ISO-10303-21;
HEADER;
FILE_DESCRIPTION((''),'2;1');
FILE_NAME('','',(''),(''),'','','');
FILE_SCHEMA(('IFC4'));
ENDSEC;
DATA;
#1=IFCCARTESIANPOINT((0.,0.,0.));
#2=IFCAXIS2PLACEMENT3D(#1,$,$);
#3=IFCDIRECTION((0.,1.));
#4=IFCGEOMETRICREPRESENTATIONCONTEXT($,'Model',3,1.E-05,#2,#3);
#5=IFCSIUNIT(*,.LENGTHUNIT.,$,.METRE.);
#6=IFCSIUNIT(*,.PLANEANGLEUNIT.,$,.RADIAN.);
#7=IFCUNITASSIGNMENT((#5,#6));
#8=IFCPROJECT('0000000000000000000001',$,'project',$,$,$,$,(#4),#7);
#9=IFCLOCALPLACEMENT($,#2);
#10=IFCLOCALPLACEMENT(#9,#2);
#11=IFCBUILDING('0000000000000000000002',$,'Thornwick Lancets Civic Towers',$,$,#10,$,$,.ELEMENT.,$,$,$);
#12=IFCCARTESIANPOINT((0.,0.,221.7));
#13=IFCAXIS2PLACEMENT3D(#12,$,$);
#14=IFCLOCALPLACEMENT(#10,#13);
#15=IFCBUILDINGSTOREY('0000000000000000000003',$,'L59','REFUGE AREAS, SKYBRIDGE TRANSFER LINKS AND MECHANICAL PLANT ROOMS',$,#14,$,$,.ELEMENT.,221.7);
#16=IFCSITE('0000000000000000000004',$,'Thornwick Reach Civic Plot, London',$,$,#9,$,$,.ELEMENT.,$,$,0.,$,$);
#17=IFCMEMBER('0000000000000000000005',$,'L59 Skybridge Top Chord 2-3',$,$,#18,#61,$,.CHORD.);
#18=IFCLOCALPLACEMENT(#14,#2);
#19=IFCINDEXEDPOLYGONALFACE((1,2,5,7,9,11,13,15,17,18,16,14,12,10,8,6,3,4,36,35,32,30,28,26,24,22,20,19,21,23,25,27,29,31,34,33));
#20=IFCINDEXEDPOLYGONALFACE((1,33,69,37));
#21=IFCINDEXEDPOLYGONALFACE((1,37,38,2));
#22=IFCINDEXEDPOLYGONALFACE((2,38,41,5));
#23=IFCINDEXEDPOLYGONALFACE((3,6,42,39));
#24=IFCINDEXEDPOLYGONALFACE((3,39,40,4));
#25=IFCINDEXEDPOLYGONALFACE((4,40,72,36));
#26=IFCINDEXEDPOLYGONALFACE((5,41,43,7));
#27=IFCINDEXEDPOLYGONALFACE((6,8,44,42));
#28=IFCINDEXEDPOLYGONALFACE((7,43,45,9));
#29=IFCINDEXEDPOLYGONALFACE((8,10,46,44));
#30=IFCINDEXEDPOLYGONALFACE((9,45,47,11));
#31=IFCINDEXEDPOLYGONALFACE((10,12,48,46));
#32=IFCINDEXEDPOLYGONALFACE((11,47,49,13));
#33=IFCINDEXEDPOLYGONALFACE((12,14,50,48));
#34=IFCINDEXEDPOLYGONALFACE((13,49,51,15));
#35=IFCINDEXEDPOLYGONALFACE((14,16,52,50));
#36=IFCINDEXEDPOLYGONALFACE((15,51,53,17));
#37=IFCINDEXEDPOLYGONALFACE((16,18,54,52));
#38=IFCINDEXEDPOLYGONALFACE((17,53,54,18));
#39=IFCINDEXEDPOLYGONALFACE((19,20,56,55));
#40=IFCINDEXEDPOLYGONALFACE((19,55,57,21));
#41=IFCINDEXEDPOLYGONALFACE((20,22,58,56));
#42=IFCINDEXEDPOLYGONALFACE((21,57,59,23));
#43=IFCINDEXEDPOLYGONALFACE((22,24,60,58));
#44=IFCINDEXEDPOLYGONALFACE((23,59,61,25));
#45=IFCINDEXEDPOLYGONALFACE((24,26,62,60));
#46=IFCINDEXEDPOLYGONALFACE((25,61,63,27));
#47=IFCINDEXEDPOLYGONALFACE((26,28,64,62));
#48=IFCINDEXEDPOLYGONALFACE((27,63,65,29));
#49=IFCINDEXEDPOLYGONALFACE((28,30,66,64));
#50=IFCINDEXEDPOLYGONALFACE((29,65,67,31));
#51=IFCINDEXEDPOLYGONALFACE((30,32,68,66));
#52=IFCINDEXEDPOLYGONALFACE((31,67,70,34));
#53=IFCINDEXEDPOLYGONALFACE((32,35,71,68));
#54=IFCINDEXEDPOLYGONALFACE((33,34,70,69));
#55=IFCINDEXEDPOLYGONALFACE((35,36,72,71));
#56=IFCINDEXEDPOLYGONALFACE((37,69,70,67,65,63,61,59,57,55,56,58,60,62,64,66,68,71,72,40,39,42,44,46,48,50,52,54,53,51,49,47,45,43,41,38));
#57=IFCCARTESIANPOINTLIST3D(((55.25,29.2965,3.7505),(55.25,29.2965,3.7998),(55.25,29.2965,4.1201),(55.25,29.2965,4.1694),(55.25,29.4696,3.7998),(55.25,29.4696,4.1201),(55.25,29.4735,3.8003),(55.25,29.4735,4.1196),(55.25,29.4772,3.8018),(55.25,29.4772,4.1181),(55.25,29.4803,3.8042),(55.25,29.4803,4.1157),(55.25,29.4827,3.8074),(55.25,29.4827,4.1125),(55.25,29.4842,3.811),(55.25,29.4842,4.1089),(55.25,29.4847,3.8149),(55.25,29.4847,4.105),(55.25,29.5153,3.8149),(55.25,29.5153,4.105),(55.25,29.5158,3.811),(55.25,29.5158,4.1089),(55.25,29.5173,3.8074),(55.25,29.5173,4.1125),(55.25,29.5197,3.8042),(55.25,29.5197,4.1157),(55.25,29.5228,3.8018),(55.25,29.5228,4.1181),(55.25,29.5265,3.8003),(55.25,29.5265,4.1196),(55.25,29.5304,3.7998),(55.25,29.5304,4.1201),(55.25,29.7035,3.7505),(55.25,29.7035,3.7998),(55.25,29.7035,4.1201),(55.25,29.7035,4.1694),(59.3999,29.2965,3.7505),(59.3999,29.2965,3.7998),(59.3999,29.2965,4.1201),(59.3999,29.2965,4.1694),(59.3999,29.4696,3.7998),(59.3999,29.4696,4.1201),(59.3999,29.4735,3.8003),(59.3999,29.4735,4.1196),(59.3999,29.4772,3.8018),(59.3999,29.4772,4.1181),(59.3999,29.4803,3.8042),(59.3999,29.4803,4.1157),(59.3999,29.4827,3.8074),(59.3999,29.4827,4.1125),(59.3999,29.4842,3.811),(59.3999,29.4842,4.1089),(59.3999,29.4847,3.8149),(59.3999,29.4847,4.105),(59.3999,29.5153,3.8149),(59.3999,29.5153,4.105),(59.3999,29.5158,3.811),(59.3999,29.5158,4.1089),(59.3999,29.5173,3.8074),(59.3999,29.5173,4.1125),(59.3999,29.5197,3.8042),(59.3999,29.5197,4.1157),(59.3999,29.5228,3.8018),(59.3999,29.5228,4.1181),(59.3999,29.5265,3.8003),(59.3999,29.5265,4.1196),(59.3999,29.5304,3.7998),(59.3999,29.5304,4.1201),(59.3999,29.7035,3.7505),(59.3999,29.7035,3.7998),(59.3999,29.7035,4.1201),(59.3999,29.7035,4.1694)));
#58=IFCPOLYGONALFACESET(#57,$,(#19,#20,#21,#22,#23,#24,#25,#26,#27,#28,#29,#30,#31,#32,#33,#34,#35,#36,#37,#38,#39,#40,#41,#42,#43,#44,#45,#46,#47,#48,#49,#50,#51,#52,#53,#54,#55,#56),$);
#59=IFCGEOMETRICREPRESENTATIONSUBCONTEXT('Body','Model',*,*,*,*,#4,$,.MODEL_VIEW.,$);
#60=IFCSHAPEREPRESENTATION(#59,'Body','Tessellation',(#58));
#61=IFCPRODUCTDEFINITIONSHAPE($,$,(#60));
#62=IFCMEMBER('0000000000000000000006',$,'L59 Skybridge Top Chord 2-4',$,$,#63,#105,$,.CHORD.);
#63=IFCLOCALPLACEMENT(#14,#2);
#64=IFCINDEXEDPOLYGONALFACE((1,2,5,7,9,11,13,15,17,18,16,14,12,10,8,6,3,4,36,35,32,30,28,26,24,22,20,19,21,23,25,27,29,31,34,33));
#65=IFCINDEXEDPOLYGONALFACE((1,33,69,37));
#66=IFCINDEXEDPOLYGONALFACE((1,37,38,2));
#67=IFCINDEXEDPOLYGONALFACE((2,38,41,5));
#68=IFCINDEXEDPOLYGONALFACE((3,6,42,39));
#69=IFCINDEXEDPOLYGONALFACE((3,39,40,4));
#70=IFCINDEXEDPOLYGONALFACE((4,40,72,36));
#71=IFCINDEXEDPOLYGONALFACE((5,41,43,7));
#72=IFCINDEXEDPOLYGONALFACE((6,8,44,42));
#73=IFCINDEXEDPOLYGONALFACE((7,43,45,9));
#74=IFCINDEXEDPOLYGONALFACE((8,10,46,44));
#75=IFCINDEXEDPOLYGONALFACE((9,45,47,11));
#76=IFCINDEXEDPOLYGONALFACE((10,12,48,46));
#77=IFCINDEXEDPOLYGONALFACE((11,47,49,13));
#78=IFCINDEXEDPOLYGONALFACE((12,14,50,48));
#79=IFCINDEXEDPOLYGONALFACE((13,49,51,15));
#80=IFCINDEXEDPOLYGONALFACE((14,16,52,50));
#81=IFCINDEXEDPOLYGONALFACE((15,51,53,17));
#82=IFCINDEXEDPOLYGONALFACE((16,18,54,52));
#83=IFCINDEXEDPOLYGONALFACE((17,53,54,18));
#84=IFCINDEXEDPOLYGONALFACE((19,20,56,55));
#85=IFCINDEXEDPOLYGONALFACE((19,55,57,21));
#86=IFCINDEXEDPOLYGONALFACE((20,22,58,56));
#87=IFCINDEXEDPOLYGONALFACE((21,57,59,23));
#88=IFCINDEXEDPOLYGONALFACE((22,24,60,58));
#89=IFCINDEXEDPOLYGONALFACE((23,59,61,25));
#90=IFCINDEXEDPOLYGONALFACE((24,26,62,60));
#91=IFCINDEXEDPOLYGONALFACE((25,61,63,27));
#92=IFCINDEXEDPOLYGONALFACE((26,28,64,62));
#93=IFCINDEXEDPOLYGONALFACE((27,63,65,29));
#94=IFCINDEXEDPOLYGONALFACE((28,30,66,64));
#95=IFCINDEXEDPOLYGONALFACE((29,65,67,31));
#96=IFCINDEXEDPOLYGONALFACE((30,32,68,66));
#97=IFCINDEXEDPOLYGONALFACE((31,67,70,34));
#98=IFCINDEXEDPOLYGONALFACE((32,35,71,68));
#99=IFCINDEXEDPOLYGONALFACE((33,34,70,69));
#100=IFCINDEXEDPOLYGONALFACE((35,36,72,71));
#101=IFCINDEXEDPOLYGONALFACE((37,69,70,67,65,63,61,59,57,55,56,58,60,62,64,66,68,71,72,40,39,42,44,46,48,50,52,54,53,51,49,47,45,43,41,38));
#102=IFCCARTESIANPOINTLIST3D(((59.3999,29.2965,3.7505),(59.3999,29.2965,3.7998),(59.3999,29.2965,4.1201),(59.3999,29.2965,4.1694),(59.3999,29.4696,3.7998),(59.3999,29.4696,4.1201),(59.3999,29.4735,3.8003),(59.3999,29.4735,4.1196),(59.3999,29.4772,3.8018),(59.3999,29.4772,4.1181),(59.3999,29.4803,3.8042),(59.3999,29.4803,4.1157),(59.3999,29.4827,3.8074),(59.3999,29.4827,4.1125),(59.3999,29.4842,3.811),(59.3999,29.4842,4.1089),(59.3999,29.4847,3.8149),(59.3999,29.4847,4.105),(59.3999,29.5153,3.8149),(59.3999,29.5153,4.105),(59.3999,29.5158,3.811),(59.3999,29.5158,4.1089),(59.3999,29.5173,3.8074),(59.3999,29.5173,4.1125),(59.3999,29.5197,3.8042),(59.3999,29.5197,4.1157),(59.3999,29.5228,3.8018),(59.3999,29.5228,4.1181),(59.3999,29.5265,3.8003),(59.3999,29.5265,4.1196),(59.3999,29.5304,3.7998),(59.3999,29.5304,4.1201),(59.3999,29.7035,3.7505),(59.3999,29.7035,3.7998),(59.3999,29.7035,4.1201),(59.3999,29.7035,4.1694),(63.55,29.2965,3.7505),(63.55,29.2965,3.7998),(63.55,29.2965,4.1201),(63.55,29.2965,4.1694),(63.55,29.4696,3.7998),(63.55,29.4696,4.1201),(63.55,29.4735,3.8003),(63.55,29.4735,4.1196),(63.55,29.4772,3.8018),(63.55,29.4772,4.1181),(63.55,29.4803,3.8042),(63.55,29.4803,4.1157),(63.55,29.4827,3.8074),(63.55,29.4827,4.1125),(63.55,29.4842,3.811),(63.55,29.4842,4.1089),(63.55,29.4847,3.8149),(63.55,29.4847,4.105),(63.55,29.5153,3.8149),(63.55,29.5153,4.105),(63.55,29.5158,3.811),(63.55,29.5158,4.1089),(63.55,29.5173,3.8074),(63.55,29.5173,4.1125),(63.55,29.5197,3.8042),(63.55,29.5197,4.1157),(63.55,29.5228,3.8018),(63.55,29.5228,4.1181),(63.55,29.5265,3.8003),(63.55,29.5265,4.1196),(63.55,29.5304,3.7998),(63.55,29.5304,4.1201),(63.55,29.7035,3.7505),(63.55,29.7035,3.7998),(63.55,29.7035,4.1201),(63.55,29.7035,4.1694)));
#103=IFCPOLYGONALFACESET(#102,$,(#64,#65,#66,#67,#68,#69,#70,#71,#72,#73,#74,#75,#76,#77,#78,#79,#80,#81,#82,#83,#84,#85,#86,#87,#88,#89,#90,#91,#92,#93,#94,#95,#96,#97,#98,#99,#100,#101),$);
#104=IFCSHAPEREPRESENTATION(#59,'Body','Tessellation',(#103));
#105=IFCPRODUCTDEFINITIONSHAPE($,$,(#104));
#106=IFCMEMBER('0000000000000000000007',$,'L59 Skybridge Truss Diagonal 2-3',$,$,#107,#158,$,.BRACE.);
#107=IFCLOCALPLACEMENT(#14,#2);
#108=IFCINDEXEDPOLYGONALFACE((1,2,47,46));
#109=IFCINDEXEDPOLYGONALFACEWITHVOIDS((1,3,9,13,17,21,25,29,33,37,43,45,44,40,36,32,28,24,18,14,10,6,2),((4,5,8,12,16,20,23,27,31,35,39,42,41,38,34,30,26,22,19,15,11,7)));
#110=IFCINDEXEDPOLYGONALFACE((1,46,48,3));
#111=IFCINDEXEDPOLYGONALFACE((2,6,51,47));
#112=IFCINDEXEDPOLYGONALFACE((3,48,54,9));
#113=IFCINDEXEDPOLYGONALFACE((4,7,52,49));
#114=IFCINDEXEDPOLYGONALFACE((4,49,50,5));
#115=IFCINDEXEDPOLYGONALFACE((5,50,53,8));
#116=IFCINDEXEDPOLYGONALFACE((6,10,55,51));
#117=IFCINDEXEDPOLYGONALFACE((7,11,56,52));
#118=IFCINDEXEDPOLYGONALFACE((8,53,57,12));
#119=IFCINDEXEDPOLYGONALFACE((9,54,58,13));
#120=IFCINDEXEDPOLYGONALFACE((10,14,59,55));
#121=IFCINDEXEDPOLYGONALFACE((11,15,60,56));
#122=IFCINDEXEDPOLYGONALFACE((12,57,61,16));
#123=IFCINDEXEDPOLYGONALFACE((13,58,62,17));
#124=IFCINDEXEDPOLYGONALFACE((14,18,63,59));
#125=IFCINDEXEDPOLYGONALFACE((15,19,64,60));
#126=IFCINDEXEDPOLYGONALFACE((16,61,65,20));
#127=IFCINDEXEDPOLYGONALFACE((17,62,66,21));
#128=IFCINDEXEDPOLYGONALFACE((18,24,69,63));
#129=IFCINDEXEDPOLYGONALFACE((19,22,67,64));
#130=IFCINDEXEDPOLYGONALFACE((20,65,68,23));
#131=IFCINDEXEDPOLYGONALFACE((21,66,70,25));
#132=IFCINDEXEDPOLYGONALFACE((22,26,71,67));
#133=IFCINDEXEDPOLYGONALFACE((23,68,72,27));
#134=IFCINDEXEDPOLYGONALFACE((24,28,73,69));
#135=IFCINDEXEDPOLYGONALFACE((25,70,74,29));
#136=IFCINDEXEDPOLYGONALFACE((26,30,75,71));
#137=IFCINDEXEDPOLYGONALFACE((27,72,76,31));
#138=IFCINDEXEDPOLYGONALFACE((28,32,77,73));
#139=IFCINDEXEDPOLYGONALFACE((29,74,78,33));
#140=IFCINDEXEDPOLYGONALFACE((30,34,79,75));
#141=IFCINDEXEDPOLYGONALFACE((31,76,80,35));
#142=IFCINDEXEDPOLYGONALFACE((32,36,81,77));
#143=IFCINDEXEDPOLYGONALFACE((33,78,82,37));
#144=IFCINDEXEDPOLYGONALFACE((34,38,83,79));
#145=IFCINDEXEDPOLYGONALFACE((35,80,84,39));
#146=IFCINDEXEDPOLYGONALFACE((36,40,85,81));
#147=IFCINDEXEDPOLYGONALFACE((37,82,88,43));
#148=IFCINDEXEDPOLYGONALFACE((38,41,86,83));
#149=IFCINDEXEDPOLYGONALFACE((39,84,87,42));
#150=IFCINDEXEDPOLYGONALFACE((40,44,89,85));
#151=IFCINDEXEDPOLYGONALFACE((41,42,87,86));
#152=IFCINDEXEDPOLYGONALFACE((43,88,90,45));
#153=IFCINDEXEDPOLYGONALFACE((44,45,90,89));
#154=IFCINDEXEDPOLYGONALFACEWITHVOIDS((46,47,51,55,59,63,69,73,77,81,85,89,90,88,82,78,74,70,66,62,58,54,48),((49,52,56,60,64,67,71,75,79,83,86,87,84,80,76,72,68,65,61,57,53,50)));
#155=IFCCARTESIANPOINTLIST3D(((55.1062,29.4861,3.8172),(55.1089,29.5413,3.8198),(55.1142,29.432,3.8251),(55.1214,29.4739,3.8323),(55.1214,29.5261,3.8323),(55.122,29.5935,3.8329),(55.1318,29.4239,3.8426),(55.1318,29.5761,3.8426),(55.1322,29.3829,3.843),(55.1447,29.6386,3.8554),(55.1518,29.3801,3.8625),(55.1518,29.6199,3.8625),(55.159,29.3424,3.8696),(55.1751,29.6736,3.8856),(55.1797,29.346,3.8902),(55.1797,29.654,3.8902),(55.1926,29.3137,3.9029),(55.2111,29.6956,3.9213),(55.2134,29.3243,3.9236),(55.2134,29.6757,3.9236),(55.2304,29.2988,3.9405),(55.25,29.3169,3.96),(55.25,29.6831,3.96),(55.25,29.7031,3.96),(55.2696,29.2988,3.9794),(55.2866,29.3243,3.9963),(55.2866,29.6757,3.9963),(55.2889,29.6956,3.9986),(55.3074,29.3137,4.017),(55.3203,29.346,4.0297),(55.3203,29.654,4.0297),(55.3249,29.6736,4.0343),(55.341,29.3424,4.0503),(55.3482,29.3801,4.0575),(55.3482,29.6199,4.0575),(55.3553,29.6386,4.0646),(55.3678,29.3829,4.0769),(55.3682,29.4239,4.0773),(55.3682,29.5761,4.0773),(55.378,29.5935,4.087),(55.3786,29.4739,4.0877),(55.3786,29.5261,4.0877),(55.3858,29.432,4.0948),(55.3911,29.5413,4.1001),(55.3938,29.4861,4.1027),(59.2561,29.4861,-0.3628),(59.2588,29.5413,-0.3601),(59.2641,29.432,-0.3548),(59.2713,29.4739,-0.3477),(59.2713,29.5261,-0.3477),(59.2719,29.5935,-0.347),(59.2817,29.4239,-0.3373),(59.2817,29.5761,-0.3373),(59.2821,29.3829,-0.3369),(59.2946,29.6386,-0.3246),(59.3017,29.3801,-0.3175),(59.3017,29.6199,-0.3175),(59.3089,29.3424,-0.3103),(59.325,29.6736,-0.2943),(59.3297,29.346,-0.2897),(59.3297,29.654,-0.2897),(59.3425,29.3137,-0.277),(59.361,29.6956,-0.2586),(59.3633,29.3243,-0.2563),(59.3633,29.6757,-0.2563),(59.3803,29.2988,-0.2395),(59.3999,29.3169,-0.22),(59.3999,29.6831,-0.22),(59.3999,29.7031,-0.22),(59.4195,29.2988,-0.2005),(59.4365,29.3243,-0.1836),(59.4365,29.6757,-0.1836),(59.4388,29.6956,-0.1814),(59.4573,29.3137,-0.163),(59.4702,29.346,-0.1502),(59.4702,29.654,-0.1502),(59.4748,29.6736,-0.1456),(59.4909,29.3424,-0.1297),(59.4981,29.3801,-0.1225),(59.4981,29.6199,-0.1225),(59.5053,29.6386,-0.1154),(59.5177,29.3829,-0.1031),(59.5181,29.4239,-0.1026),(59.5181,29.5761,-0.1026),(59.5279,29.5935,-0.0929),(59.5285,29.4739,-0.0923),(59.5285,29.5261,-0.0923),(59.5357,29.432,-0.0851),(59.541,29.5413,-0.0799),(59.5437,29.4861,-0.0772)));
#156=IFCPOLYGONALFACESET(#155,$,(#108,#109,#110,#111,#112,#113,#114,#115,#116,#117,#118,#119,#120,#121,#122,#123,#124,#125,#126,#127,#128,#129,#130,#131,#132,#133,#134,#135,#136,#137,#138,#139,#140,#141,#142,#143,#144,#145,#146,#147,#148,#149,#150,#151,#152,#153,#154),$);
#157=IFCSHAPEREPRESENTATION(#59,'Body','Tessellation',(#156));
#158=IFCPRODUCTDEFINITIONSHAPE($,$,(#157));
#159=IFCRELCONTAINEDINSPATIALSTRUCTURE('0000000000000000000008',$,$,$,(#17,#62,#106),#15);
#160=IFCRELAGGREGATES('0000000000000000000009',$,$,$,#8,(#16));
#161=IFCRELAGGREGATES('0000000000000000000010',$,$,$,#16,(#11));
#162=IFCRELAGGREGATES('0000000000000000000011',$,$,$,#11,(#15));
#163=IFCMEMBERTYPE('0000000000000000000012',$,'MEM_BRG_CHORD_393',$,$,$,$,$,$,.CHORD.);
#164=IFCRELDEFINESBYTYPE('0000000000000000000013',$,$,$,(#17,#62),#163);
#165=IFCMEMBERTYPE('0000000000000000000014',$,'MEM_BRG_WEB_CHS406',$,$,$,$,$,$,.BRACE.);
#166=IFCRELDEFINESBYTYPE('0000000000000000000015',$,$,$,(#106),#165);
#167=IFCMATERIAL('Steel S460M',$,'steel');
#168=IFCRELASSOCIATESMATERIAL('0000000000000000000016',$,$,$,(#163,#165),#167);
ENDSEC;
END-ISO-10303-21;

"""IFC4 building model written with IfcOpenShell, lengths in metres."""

from ifc_helpers import new_model, si_unit, direction, frame, origin, origin_2d, place, context, subcontext, project, spatial, hollow_circle, i_section, extrude, material, material_profile, profile_set, type_object, element, save


model = new_model("IFC4")

# Units and contexts
model_context = context("Model", 3, precision=1e-05, world=origin(), true_north=direction((0.0, 1.0)))
body_context = subcontext(model_context, "Body", "Model", "MODEL_VIEW")
ifc_project = project(units=[si_unit("LENGTHUNIT", "METRE"), si_unit("PLANEANGLEUNIT", "RADIAN")], contexts=[model_context])

# Site, building, storey
site_placement = place(None, origin())
site = spatial("IfcSite", under=ifc_project, at=site_placement, Name="Thornwick Reach Civic Plot, London", CompositionType="ELEMENT", RefElevation=0.0)
building_placement = place(site_placement, origin())
building = spatial("IfcBuilding", under=site, at=building_placement, Name="Thornwick Lancets Civic Towers", CompositionType="ELEMENT")
storey_placement = place(building_placement, frame((0.0, 0.0, 221.7)))
storey = spatial("IfcBuildingStorey", under=building, at=storey_placement, Name="L59", Description="REFUGE AREAS, SKYBRIDGE TRANSFER LINKS AND MECHANICAL PLANT ROOMS", CompositionType="ELEMENT", Elevation=221.7)

# Members
ifc_material_1 = material(Name="Steel S460M", Category="steel")
ifc_material_profile_1 = material_profile(ifc_material_1, i_section(OverallWidth=0.407, OverallDepth=0.4189, WebThickness=0.0305, FlangeThickness=0.0493, FilletRadius=0.0151, at=origin_2d()), Name="UKC 356x406x393")
ifc_profile_set_1 = profile_set([ifc_material_profile_1], Name="Steel S460M")
member_type_1 = type_object("IfcMemberType", Name="MEM_BRG_CHORD_393", PredefinedType="CHORD", material=ifc_profile_set_1)
member_1_placement = place(storey_placement, frame((55.25, 29.5, 3.96), z_axis=(1.0, 0.0, 0.0), x_axis=(0.0, 1.0, 0.0)))
element("IfcMember", 1, at=member_1_placement, inside=storey, type_object=member_type_1, Name="L59 Skybridge Top Chord 2-3", PredefinedType="CHORD", context=body_context, shape_type="SweptSolid", body=[
    extrude(i_section(OverallWidth=0.407, OverallDepth=0.4189, WebThickness=0.0305, FlangeThickness=0.0493, FilletRadius=0.0151, at=origin_2d()), origin(), (0.0, 0.0, 1.0), 4.1499),
])
member_2_placement = place(storey_placement, frame((59.3999, 29.5, 3.96), z_axis=(1.0, 0.0, 0.0), x_axis=(0.0, 1.0, 0.0)))
element("IfcMember", 2, at=member_2_placement, inside=storey, type_object=member_type_1, Name="L59 Skybridge Top Chord 2-4", PredefinedType="CHORD", context=body_context, shape_type="SweptSolid", body=[
    extrude(i_section(OverallWidth=0.407, OverallDepth=0.4189, WebThickness=0.0305, FlangeThickness=0.0493, FilletRadius=0.0151, at=origin_2d()), origin(), (0.0, 0.0, 1.0), 4.1501),
])
ifc_material_profile_2 = material_profile(ifc_material_1, hollow_circle(Radius=0.2031, WallThickness=0.02, at=origin_2d()), Name="CHS 406.4x20")
ifc_profile_set_2 = profile_set([ifc_material_profile_2], Name="Steel S460M")
member_type_2 = type_object("IfcMemberType", Name="MEM_BRG_WEB_CHS406", PredefinedType="BRACE", material=ifc_profile_set_2)
member_3_placement = place(storey_placement, frame((55.25, 29.5, 3.96), z_axis=(0.704553, 0.0, -0.709651), x_axis=(0.0, 1.0, 0.0)))
element("IfcMember", 3, at=member_3_placement, inside=storey, type_object=member_type_2, Name="L59 Skybridge Truss Diagonal 2-3", PredefinedType="BRACE", context=body_context, shape_type="SweptSolid", body=[
    extrude(hollow_circle(Radius=0.2031, WallThickness=0.02, at=origin_2d()), origin(), (0.0, 0.0, 1.0), 5.8901),
])

save(model, "model.ifc")
